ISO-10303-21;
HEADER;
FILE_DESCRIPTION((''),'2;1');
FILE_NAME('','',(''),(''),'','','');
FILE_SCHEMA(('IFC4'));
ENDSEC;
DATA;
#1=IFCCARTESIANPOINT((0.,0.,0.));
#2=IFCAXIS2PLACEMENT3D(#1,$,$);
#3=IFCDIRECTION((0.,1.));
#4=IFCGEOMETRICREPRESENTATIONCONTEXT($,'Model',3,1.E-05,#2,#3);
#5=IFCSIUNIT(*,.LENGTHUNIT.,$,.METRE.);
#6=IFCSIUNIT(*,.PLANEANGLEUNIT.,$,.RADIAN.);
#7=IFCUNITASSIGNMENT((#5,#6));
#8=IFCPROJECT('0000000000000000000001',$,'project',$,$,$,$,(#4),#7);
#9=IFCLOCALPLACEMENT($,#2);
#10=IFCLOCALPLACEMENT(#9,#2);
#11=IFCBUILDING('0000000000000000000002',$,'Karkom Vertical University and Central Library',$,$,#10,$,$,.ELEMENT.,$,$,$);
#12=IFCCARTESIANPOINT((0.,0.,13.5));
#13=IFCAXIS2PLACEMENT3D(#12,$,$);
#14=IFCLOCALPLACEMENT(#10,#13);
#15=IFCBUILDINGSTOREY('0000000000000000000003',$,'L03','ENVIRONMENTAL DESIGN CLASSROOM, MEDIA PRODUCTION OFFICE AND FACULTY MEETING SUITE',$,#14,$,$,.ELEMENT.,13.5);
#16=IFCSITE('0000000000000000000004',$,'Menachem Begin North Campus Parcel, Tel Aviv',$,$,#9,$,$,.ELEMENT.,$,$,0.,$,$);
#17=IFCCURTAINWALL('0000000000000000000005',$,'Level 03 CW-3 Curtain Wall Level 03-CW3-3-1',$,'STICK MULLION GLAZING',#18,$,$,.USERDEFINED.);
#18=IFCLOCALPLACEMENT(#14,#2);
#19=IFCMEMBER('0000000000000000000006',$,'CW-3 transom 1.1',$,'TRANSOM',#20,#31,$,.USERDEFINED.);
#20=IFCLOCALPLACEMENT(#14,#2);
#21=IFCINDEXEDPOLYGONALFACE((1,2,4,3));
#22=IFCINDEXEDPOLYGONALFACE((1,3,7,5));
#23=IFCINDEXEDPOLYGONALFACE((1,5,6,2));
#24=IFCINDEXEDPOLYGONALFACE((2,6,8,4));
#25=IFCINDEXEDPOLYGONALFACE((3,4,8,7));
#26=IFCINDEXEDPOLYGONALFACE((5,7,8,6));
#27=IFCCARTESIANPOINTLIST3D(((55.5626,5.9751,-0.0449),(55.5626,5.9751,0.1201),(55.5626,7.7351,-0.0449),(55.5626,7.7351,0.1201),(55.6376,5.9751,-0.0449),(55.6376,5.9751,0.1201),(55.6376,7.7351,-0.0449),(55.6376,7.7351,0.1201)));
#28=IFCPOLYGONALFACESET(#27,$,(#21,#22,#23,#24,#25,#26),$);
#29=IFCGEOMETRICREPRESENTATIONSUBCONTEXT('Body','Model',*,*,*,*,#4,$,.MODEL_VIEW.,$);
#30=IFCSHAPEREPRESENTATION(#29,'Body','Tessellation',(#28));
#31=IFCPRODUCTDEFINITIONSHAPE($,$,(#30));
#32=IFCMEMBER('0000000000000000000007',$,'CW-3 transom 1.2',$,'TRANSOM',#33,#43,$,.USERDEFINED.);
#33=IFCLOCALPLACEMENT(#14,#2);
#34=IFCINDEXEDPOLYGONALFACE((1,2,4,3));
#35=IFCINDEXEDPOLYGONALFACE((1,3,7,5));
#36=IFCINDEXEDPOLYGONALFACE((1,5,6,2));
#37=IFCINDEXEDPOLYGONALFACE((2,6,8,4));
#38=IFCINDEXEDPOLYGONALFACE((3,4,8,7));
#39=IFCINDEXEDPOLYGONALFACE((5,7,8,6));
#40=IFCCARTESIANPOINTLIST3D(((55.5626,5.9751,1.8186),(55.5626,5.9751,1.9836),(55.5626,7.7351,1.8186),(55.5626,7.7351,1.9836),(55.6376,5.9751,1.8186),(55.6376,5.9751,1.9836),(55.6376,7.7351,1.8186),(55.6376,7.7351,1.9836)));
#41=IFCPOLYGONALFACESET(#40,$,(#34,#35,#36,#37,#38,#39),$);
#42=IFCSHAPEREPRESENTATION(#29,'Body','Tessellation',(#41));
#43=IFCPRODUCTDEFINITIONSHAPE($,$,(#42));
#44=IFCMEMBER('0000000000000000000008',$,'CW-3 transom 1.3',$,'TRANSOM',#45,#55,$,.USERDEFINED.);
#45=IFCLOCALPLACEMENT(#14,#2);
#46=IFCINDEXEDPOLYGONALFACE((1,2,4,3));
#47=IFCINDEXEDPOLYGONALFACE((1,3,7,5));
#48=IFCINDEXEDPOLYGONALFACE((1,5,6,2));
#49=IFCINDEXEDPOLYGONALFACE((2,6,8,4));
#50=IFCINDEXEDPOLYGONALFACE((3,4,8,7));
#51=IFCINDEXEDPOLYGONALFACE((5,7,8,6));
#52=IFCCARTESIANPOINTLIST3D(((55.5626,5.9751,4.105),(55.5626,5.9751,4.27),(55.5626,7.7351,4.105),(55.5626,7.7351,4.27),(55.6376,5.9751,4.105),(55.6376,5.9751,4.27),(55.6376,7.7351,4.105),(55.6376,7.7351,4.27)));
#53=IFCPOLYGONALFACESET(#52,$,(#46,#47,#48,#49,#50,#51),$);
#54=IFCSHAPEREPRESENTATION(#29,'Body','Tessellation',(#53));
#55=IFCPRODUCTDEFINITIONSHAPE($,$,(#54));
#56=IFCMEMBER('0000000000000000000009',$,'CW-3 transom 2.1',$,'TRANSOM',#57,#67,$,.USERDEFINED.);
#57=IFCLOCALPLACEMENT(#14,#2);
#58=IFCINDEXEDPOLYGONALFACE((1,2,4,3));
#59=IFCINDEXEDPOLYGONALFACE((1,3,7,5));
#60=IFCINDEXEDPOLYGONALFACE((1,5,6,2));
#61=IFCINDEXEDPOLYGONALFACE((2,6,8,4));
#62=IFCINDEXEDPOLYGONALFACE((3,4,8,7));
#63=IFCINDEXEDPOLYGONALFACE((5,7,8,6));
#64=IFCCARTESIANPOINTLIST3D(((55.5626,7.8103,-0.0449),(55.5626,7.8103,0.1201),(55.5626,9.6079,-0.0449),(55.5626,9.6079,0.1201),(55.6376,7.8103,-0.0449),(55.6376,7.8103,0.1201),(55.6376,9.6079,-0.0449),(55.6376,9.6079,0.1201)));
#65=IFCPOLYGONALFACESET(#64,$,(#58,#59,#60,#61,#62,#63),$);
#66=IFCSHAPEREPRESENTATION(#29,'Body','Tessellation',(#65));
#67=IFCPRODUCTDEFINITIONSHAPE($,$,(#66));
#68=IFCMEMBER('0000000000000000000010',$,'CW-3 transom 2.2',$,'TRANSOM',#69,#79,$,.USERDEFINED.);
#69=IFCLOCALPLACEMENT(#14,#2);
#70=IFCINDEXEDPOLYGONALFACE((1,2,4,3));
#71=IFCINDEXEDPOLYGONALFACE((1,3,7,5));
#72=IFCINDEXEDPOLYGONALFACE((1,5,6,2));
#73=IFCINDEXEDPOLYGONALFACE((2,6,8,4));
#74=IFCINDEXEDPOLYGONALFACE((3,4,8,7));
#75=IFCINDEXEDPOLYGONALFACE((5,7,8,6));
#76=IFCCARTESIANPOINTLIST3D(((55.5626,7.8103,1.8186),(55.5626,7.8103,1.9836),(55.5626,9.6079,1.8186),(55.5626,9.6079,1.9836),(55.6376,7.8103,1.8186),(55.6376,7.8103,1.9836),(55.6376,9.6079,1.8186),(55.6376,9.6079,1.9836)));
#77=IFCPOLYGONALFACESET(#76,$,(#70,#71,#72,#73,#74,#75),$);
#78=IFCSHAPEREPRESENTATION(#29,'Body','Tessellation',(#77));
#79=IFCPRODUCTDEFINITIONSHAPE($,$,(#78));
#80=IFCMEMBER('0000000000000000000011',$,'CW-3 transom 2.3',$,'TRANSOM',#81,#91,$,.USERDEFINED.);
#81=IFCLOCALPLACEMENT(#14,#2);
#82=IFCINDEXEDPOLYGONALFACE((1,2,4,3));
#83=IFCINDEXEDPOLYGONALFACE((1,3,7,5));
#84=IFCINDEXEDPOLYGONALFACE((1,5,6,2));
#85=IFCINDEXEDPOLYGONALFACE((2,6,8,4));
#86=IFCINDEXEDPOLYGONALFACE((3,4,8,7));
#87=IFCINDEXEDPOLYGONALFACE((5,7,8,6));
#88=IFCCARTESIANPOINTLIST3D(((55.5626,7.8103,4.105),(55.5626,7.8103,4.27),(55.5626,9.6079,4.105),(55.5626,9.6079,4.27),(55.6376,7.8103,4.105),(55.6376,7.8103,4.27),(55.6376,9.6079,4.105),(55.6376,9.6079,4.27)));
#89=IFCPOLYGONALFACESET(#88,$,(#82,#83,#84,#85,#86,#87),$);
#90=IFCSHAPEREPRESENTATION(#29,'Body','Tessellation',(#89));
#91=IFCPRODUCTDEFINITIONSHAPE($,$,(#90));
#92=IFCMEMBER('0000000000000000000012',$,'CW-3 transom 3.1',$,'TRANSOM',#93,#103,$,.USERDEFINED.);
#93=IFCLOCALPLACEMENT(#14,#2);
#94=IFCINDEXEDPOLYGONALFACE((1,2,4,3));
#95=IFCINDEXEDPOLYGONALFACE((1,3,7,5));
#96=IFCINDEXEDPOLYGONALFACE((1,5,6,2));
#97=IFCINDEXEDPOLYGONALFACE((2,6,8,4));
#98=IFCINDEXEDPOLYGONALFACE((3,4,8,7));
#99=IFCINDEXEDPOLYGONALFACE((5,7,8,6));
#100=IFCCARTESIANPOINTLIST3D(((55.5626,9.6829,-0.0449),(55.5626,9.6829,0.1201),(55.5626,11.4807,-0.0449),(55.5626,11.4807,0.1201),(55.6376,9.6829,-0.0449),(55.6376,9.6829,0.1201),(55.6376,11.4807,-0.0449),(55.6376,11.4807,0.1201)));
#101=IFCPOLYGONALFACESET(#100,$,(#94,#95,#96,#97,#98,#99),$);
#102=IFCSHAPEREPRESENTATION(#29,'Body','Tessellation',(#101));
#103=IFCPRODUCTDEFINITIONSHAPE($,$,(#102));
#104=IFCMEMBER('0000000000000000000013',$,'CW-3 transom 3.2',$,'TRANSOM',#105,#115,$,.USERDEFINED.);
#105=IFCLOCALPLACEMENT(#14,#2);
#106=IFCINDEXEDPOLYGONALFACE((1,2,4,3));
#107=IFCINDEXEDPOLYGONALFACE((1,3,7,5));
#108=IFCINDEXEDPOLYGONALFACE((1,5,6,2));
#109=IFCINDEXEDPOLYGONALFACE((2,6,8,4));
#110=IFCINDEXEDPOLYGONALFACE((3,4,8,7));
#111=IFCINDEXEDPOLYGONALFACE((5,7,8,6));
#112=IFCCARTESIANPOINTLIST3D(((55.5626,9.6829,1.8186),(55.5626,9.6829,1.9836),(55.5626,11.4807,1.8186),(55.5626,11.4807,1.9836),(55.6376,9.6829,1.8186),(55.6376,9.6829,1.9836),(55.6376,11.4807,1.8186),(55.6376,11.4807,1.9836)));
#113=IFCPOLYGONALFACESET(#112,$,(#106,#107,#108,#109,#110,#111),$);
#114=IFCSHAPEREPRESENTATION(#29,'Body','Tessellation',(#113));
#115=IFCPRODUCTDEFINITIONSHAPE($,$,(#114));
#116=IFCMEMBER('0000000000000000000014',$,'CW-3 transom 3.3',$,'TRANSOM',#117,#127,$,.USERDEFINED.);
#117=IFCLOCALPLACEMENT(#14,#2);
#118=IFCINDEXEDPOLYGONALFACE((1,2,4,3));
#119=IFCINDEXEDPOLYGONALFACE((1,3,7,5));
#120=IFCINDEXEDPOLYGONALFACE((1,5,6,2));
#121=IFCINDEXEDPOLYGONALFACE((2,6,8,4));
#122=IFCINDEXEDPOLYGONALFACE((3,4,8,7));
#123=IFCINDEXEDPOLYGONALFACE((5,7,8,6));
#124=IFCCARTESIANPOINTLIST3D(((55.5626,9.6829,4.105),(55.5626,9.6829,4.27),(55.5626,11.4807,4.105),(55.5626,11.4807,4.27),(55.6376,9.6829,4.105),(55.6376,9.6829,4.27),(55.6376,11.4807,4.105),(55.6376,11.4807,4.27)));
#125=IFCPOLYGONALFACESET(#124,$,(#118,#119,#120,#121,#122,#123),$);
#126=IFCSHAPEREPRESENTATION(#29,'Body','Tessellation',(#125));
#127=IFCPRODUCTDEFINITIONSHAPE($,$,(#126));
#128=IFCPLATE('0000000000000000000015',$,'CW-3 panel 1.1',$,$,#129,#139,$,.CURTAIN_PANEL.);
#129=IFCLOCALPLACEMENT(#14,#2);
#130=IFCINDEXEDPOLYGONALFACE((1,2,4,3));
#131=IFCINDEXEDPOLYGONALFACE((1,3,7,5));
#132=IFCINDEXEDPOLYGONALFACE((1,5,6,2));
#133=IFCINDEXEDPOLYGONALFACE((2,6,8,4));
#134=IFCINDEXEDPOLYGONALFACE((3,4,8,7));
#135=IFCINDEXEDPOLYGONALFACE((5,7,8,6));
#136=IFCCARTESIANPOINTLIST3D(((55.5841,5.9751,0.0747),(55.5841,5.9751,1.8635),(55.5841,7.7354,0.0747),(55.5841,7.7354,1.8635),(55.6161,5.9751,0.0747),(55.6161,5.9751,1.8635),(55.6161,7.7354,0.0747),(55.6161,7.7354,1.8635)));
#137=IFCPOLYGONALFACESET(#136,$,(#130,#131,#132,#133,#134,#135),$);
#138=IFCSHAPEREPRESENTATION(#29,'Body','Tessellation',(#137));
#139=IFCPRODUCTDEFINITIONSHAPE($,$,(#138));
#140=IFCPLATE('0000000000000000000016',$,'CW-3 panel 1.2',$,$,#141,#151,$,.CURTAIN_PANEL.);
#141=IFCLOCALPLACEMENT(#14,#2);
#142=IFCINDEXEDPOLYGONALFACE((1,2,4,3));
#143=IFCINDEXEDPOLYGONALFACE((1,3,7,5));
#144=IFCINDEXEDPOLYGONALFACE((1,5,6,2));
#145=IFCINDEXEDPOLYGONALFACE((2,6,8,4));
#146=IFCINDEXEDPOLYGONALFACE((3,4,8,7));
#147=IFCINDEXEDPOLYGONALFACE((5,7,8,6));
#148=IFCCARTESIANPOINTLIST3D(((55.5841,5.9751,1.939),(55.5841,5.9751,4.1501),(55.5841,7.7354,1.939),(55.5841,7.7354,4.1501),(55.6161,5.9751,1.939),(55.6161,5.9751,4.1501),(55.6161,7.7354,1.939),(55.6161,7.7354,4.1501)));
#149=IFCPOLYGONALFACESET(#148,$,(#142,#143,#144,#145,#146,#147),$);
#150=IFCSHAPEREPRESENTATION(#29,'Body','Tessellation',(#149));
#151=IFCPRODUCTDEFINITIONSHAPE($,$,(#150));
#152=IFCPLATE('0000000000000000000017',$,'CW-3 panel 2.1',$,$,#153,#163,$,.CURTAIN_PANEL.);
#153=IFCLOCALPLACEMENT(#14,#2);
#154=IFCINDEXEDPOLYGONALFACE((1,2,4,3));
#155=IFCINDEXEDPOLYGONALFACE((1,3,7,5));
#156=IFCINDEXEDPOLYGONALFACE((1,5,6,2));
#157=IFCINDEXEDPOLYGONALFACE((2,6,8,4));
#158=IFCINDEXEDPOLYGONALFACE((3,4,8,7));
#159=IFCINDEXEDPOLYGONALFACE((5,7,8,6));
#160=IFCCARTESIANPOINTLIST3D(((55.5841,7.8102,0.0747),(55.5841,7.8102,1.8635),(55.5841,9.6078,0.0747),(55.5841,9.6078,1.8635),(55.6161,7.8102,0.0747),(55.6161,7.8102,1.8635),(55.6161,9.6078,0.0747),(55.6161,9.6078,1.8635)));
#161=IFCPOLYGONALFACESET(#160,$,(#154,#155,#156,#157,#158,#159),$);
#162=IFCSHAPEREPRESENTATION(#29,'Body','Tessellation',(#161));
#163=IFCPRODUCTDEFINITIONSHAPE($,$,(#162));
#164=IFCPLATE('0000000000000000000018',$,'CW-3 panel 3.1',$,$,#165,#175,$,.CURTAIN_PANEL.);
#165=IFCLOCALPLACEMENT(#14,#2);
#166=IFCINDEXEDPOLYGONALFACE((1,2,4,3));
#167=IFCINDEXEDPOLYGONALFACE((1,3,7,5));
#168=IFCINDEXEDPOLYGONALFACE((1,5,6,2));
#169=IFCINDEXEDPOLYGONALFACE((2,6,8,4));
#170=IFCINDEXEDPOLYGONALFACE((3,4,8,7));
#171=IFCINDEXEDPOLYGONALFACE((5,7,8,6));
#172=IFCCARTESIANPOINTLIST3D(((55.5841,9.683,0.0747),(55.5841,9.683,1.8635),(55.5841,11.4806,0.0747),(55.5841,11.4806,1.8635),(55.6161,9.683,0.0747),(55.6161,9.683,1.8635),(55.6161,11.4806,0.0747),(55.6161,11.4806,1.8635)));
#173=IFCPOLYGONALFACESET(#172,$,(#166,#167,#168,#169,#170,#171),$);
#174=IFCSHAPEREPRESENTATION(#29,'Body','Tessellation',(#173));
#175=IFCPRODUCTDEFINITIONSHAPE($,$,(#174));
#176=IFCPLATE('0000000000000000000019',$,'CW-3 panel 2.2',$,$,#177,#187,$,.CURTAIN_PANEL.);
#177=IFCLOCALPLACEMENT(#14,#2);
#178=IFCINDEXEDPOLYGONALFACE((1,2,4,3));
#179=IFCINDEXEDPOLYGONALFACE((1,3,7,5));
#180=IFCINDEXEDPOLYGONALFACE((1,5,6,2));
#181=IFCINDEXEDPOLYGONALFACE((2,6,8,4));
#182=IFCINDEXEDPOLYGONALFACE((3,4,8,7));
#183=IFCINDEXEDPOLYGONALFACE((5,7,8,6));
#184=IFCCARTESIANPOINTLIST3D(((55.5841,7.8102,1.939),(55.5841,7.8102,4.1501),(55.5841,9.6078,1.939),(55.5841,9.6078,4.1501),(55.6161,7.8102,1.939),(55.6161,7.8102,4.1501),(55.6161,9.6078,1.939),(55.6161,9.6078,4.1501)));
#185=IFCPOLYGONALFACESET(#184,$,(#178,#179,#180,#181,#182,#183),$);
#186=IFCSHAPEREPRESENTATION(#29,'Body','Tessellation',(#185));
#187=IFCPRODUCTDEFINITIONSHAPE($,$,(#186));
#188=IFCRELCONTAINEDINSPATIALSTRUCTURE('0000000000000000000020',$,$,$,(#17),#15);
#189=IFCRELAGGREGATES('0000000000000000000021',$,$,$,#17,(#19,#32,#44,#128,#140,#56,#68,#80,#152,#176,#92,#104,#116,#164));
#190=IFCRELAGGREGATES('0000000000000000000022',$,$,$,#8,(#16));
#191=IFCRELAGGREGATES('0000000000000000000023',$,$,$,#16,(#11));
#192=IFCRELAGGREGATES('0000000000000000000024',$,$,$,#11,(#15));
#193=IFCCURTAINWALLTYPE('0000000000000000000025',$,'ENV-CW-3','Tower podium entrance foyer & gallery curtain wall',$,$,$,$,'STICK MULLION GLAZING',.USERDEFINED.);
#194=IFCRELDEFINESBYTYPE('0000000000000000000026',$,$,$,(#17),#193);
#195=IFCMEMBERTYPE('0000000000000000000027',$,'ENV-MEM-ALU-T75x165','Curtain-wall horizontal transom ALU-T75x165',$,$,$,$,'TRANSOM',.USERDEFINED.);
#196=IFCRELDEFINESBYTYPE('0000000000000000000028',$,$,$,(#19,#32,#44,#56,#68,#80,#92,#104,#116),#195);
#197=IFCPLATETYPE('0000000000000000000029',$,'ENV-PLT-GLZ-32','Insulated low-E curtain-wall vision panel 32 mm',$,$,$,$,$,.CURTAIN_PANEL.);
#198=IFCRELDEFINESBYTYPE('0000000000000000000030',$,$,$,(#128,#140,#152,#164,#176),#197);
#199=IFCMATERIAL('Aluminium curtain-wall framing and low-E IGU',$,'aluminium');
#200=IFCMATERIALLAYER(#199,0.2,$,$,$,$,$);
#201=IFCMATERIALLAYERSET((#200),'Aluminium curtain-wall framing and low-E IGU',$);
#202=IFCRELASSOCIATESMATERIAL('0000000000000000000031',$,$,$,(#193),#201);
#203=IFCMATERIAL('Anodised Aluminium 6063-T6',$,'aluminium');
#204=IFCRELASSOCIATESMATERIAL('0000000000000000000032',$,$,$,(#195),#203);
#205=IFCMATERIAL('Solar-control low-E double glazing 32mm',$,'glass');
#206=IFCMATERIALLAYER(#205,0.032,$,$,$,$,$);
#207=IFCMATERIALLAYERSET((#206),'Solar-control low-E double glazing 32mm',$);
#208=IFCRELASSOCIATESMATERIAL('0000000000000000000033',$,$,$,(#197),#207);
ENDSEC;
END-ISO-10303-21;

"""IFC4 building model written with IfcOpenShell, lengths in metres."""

from ifc_helpers import new_model, si_unit, direction, frame, origin, origin_with_axes, origin_2d, place, context, subcontext, project, spatial, rectangle, extrude, source, transform, mapped, material, layer, layer_set, material_profile, profile_set, type_object, element, aggregate, save


model = new_model("IFC4")

# Units and contexts
model_context = context("Model", 3, precision=1e-05, world=origin(), true_north=direction((0.0, 1.0)))
body_context = subcontext(model_context, "Body", "Model", "MODEL_VIEW")
ifc_project = project(units=[si_unit("LENGTHUNIT", "METRE"), si_unit("PLANEANGLEUNIT", "RADIAN")], contexts=[model_context])

# Site, building, storey
site_placement = place(None, origin())
site = spatial("IfcSite", under=ifc_project, at=site_placement, Name="Menachem Begin North Campus Parcel, Tel Aviv", CompositionType="ELEMENT", RefElevation=0.0)
building_placement = place(site_placement, origin())
building = spatial("IfcBuilding", under=site, at=building_placement, Name="Karkom Vertical University and Central Library", CompositionType="ELEMENT")
storey_placement = place(building_placement, frame((0.0, 0.0, 13.5)))
storey = spatial("IfcBuildingStorey", under=building, at=storey_placement, Name="L03", Description="ENVIRONMENTAL DESIGN CLASSROOM, MEDIA PRODUCTION OFFICE AND FACULTY MEETING SUITE", CompositionType="ELEMENT", Elevation=13.5)

# Curtain wall, members, plates
ifc_material_1 = material(Name="Aluminium curtain-wall framing and low-E IGU", Category="aluminium")
ifc_layer_1 = layer(ifc_material_1, 0.2)
ifc_layer_set_1 = layer_set([ifc_layer_1], Name="Aluminium curtain-wall framing and low-E IGU")
curtain_wall_type = type_object("IfcCurtainWallType", Name="ENV-CW-3", Description="Tower podium entrance foyer & gallery curtain wall", ElementType="STICK MULLION GLAZING", PredefinedType="USERDEFINED", material=ifc_layer_set_1)
curtain_wall_placement = place(storey_placement, origin())
curtain_wall = element("IfcCurtainWall", 1, at=curtain_wall_placement, inside=storey, type_object=curtain_wall_type, Name="Level 03 CW-3 Curtain Wall Level 03-CW3-3-1", ObjectType="STICK MULLION GLAZING", PredefinedType="USERDEFINED")
ifc_material_2 = material(Name="Anodised Aluminium 6063-T6", Category="aluminium")
ifc_material_profile_1 = material_profile(ifc_material_2, rectangle(XDim=0.075, YDim=0.165, at=origin_2d()), Name="ALU-T75x165")
ifc_profile_set_1 = profile_set([ifc_material_profile_1], Name="Anodised Aluminium 6063-T6")
member_type_1 = type_object("IfcMemberType", Name="ENV-MEM-ALU-T75x165", Description="Curtain-wall horizontal transom ALU-T75x165", ElementType="TRANSOM", PredefinedType="USERDEFINED", material=ifc_profile_set_1)
shared_shape_1 = source(origin_with_axes(), body_context, "Body", "SweptSolid", [
    extrude(rectangle(XDim=0.075, YDim=0.165, at=origin_2d()), origin(), (0.0, 0.0, 1.0), 1.76),
])
member_1_placement = place(storey_placement, frame((55.6001, 5.9751, 0.0376), z_axis=(0.0, 1.0, 0.0), x_axis=(-1.0, 0.0, 0.0)))
member_1 = element("IfcMember", 2, at=member_1_placement, type_object=member_type_1, Name="CW-3 transom 1.1", ObjectType="TRANSOM", PredefinedType="USERDEFINED", context=body_context, shape_type="MappedRepresentation", body=[
    mapped(shared_shape_1, transform((0.0, 0.0, 0.0), scale=1.0)),
])
member_2_placement = place(storey_placement, frame((55.6001, 5.9751, 1.9011), z_axis=(0.0, 1.0, 0.0), x_axis=(-1.0, 0.0, 0.0)))
member_2 = element("IfcMember", 3, at=member_2_placement, type_object=member_type_1, Name="CW-3 transom 1.2", ObjectType="TRANSOM", PredefinedType="USERDEFINED", context=body_context, shape_type="MappedRepresentation", body=[
    mapped(shared_shape_1, transform((0.0, 0.0, 0.0), scale=1.0)),
])
member_3_placement = place(storey_placement, frame((55.6001, 5.9751, 4.1875), z_axis=(0.0, 1.0, 0.0), x_axis=(-1.0, 0.0, 0.0)))
member_3 = element("IfcMember", 4, at=member_3_placement, type_object=member_type_1, Name="CW-3 transom 1.3", ObjectType="TRANSOM", PredefinedType="USERDEFINED", context=body_context, shape_type="MappedRepresentation", body=[
    mapped(shared_shape_1, transform((0.0, 0.0, 0.0), scale=1.0)),
])
shared_shape_2 = source(origin_with_axes(), body_context, "Body", "SweptSolid", [
    extrude(rectangle(XDim=0.075, YDim=0.165, at=origin_2d()), origin(), (0.0, 0.0, 1.0), 1.7976),
])
member_4_placement = place(storey_placement, frame((55.6001, 7.8103, 0.0376), z_axis=(0.0, 1.0, 0.0), x_axis=(-1.0, 0.0, 0.0)))
member_4 = element("IfcMember", 5, at=member_4_placement, type_object=member_type_1, Name="CW-3 transom 2.1", ObjectType="TRANSOM", PredefinedType="USERDEFINED", context=body_context, shape_type="MappedRepresentation", body=[
    mapped(shared_shape_2, transform((0.0, 0.0, 0.0), scale=1.0)),
])
member_5_placement = place(storey_placement, frame((55.6001, 7.8103, 1.9011), z_axis=(0.0, 1.0, 0.0), x_axis=(-1.0, 0.0, 0.0)))
member_5 = element("IfcMember", 6, at=member_5_placement, type_object=member_type_1, Name="CW-3 transom 2.2", ObjectType="TRANSOM", PredefinedType="USERDEFINED", context=body_context, shape_type="MappedRepresentation", body=[
    mapped(shared_shape_2, transform((0.0, 0.0, 0.0), scale=1.0)),
])
member_6_placement = place(storey_placement, frame((55.6001, 7.8103, 4.1875), z_axis=(0.0, 1.0, 0.0), x_axis=(-1.0, 0.0, 0.0)))
member_6 = element("IfcMember", 7, at=member_6_placement, type_object=member_type_1, Name="CW-3 transom 2.3", ObjectType="TRANSOM", PredefinedType="USERDEFINED", context=body_context, shape_type="MappedRepresentation", body=[
    mapped(shared_shape_2, transform((0.0, 0.0, 0.0), scale=1.0)),
])
shared_shape_3 = source(origin_with_axes(), body_context, "Body", "SweptSolid", [
    extrude(rectangle(XDim=0.075, YDim=0.165, at=origin_2d()), origin(), (0.0, 0.0, 1.0), 1.7979),
])
member_7_placement = place(storey_placement, frame((55.6001, 9.6829, 0.0376), z_axis=(0.0, 1.0, 0.0), x_axis=(-1.0, 0.0, 0.0)))
member_7 = element("IfcMember", 8, at=member_7_placement, type_object=member_type_1, Name="CW-3 transom 3.1", ObjectType="TRANSOM", PredefinedType="USERDEFINED", context=body_context, shape_type="MappedRepresentation", body=[
    mapped(shared_shape_3, transform((0.0, 0.0, 0.0), scale=1.0)),
])
member_8_placement = place(storey_placement, frame((55.6001, 9.6829, 1.9011), z_axis=(0.0, 1.0, 0.0), x_axis=(-1.0, 0.0, 0.0)))
member_8 = element("IfcMember", 9, at=member_8_placement, type_object=member_type_1, Name="CW-3 transom 3.2", ObjectType="TRANSOM", PredefinedType="USERDEFINED", context=body_context, shape_type="MappedRepresentation", body=[
    mapped(shared_shape_3, transform((0.0, 0.0, 0.0), scale=1.0)),
])
member_9_placement = place(storey_placement, frame((55.6001, 9.6829, 4.1875), z_axis=(0.0, 1.0, 0.0), x_axis=(-1.0, 0.0, 0.0)))
member_9 = element("IfcMember", 10, at=member_9_placement, type_object=member_type_1, Name="CW-3 transom 3.3", ObjectType="TRANSOM", PredefinedType="USERDEFINED", context=body_context, shape_type="MappedRepresentation", body=[
    mapped(shared_shape_3, transform((0.0, 0.0, 0.0), scale=1.0)),
])
ifc_material_3 = material(Name="Solar-control low-E double glazing 32mm", Category="glass")
ifc_layer_2 = layer(ifc_material_3, 0.032)
ifc_layer_set_2 = layer_set([ifc_layer_2], Name="Solar-control low-E double glazing 32mm")
plate_type = type_object("IfcPlateType", Name="ENV-PLT-GLZ-32", Description="Insulated low-E curtain-wall vision panel 32 mm", PredefinedType="CURTAIN_PANEL", material=ifc_layer_set_2)
shared_shape_4 = source(origin_with_axes(), body_context, "Body", "SweptSolid", [
    extrude(rectangle(XDim=1.7603, YDim=0.032, at=origin_2d()), origin(), (0.0, 0.0, 1.0), 1.7888),
])
plate_1_placement = place(storey_placement, frame((55.6001, 6.8552, 0.0747), z_axis=(0.0, 0.0, 1.0), x_axis=(0.0, 1.0, 0.0)))
plate_1 = element("IfcPlate", 11, at=plate_1_placement, type_object=plate_type, Name="CW-3 panel 1.1", PredefinedType="CURTAIN_PANEL", context=body_context, shape_type="MappedRepresentation", body=[
    mapped(shared_shape_4, transform((0.0, 0.0, 0.0), scale=1.0)),
])
shared_shape_5 = source(origin_with_axes(), body_context, "Body", "SweptSolid", [
    extrude(rectangle(XDim=1.7603, YDim=0.032, at=origin_2d()), origin(), (0.0, 0.0, 1.0), 2.2112),
])
plate_2_placement = place(storey_placement, frame((55.6001, 6.8552, 1.939), z_axis=(0.0, 0.0, 1.0), x_axis=(0.0, 1.0, 0.0)))
plate_2 = element("IfcPlate", 12, at=plate_2_placement, type_object=plate_type, Name="CW-3 panel 1.2", PredefinedType="CURTAIN_PANEL", context=body_context, shape_type="MappedRepresentation", body=[
    mapped(shared_shape_5, transform((0.0, 0.0, 0.0), scale=1.0)),
])
shared_shape_6 = source(origin_with_axes(), body_context, "Body", "SweptSolid", [
    extrude(rectangle(XDim=1.7976, YDim=0.032, at=origin_2d()), origin(), (0.0, 0.0, 1.0), 1.7888),
])
plate_3_placement = place(storey_placement, frame((55.6001, 8.709, 0.0747), z_axis=(0.0, 0.0, 1.0), x_axis=(0.0, 1.0, 0.0)))
plate_3 = element("IfcPlate", 13, at=plate_3_placement, type_object=plate_type, Name="CW-3 panel 2.1", PredefinedType="CURTAIN_PANEL", context=body_context, shape_type="MappedRepresentation", body=[
    mapped(shared_shape_6, transform((0.0, 0.0, 0.0), scale=1.0)),
])
plate_4_placement = place(storey_placement, frame((55.6001, 10.5818, 0.0747), z_axis=(0.0, 0.0, 1.0), x_axis=(0.0, 1.0, 0.0)))
plate_4 = element("IfcPlate", 14, at=plate_4_placement, type_object=plate_type, Name="CW-3 panel 3.1", PredefinedType="CURTAIN_PANEL", context=body_context, shape_type="MappedRepresentation", body=[
    mapped(shared_shape_6, transform((0.0, 0.0, 0.0), scale=1.0)),
])
shared_shape_7 = source(origin_with_axes(), body_context, "Body", "SweptSolid", [
    extrude(rectangle(XDim=1.7976, YDim=0.032, at=origin_2d()), origin(), (0.0, 0.0, 1.0), 2.2112),
])
plate_5_placement = place(storey_placement, frame((55.6001, 8.709, 1.939), z_axis=(0.0, 0.0, 1.0), x_axis=(0.0, 1.0, 0.0)))
plate_5 = element("IfcPlate", 15, at=plate_5_placement, type_object=plate_type, Name="CW-3 panel 2.2", PredefinedType="CURTAIN_PANEL", context=body_context, shape_type="MappedRepresentation", body=[
    mapped(shared_shape_7, transform((0.0, 0.0, 0.0), scale=1.0)),
])
aggregate(curtain_wall, [member_1, member_2, member_3, plate_1, plate_2, member_4, member_5, member_6, plate_3, plate_5, member_7, member_8, member_9, plate_4])

save(model, "model.ifc")
